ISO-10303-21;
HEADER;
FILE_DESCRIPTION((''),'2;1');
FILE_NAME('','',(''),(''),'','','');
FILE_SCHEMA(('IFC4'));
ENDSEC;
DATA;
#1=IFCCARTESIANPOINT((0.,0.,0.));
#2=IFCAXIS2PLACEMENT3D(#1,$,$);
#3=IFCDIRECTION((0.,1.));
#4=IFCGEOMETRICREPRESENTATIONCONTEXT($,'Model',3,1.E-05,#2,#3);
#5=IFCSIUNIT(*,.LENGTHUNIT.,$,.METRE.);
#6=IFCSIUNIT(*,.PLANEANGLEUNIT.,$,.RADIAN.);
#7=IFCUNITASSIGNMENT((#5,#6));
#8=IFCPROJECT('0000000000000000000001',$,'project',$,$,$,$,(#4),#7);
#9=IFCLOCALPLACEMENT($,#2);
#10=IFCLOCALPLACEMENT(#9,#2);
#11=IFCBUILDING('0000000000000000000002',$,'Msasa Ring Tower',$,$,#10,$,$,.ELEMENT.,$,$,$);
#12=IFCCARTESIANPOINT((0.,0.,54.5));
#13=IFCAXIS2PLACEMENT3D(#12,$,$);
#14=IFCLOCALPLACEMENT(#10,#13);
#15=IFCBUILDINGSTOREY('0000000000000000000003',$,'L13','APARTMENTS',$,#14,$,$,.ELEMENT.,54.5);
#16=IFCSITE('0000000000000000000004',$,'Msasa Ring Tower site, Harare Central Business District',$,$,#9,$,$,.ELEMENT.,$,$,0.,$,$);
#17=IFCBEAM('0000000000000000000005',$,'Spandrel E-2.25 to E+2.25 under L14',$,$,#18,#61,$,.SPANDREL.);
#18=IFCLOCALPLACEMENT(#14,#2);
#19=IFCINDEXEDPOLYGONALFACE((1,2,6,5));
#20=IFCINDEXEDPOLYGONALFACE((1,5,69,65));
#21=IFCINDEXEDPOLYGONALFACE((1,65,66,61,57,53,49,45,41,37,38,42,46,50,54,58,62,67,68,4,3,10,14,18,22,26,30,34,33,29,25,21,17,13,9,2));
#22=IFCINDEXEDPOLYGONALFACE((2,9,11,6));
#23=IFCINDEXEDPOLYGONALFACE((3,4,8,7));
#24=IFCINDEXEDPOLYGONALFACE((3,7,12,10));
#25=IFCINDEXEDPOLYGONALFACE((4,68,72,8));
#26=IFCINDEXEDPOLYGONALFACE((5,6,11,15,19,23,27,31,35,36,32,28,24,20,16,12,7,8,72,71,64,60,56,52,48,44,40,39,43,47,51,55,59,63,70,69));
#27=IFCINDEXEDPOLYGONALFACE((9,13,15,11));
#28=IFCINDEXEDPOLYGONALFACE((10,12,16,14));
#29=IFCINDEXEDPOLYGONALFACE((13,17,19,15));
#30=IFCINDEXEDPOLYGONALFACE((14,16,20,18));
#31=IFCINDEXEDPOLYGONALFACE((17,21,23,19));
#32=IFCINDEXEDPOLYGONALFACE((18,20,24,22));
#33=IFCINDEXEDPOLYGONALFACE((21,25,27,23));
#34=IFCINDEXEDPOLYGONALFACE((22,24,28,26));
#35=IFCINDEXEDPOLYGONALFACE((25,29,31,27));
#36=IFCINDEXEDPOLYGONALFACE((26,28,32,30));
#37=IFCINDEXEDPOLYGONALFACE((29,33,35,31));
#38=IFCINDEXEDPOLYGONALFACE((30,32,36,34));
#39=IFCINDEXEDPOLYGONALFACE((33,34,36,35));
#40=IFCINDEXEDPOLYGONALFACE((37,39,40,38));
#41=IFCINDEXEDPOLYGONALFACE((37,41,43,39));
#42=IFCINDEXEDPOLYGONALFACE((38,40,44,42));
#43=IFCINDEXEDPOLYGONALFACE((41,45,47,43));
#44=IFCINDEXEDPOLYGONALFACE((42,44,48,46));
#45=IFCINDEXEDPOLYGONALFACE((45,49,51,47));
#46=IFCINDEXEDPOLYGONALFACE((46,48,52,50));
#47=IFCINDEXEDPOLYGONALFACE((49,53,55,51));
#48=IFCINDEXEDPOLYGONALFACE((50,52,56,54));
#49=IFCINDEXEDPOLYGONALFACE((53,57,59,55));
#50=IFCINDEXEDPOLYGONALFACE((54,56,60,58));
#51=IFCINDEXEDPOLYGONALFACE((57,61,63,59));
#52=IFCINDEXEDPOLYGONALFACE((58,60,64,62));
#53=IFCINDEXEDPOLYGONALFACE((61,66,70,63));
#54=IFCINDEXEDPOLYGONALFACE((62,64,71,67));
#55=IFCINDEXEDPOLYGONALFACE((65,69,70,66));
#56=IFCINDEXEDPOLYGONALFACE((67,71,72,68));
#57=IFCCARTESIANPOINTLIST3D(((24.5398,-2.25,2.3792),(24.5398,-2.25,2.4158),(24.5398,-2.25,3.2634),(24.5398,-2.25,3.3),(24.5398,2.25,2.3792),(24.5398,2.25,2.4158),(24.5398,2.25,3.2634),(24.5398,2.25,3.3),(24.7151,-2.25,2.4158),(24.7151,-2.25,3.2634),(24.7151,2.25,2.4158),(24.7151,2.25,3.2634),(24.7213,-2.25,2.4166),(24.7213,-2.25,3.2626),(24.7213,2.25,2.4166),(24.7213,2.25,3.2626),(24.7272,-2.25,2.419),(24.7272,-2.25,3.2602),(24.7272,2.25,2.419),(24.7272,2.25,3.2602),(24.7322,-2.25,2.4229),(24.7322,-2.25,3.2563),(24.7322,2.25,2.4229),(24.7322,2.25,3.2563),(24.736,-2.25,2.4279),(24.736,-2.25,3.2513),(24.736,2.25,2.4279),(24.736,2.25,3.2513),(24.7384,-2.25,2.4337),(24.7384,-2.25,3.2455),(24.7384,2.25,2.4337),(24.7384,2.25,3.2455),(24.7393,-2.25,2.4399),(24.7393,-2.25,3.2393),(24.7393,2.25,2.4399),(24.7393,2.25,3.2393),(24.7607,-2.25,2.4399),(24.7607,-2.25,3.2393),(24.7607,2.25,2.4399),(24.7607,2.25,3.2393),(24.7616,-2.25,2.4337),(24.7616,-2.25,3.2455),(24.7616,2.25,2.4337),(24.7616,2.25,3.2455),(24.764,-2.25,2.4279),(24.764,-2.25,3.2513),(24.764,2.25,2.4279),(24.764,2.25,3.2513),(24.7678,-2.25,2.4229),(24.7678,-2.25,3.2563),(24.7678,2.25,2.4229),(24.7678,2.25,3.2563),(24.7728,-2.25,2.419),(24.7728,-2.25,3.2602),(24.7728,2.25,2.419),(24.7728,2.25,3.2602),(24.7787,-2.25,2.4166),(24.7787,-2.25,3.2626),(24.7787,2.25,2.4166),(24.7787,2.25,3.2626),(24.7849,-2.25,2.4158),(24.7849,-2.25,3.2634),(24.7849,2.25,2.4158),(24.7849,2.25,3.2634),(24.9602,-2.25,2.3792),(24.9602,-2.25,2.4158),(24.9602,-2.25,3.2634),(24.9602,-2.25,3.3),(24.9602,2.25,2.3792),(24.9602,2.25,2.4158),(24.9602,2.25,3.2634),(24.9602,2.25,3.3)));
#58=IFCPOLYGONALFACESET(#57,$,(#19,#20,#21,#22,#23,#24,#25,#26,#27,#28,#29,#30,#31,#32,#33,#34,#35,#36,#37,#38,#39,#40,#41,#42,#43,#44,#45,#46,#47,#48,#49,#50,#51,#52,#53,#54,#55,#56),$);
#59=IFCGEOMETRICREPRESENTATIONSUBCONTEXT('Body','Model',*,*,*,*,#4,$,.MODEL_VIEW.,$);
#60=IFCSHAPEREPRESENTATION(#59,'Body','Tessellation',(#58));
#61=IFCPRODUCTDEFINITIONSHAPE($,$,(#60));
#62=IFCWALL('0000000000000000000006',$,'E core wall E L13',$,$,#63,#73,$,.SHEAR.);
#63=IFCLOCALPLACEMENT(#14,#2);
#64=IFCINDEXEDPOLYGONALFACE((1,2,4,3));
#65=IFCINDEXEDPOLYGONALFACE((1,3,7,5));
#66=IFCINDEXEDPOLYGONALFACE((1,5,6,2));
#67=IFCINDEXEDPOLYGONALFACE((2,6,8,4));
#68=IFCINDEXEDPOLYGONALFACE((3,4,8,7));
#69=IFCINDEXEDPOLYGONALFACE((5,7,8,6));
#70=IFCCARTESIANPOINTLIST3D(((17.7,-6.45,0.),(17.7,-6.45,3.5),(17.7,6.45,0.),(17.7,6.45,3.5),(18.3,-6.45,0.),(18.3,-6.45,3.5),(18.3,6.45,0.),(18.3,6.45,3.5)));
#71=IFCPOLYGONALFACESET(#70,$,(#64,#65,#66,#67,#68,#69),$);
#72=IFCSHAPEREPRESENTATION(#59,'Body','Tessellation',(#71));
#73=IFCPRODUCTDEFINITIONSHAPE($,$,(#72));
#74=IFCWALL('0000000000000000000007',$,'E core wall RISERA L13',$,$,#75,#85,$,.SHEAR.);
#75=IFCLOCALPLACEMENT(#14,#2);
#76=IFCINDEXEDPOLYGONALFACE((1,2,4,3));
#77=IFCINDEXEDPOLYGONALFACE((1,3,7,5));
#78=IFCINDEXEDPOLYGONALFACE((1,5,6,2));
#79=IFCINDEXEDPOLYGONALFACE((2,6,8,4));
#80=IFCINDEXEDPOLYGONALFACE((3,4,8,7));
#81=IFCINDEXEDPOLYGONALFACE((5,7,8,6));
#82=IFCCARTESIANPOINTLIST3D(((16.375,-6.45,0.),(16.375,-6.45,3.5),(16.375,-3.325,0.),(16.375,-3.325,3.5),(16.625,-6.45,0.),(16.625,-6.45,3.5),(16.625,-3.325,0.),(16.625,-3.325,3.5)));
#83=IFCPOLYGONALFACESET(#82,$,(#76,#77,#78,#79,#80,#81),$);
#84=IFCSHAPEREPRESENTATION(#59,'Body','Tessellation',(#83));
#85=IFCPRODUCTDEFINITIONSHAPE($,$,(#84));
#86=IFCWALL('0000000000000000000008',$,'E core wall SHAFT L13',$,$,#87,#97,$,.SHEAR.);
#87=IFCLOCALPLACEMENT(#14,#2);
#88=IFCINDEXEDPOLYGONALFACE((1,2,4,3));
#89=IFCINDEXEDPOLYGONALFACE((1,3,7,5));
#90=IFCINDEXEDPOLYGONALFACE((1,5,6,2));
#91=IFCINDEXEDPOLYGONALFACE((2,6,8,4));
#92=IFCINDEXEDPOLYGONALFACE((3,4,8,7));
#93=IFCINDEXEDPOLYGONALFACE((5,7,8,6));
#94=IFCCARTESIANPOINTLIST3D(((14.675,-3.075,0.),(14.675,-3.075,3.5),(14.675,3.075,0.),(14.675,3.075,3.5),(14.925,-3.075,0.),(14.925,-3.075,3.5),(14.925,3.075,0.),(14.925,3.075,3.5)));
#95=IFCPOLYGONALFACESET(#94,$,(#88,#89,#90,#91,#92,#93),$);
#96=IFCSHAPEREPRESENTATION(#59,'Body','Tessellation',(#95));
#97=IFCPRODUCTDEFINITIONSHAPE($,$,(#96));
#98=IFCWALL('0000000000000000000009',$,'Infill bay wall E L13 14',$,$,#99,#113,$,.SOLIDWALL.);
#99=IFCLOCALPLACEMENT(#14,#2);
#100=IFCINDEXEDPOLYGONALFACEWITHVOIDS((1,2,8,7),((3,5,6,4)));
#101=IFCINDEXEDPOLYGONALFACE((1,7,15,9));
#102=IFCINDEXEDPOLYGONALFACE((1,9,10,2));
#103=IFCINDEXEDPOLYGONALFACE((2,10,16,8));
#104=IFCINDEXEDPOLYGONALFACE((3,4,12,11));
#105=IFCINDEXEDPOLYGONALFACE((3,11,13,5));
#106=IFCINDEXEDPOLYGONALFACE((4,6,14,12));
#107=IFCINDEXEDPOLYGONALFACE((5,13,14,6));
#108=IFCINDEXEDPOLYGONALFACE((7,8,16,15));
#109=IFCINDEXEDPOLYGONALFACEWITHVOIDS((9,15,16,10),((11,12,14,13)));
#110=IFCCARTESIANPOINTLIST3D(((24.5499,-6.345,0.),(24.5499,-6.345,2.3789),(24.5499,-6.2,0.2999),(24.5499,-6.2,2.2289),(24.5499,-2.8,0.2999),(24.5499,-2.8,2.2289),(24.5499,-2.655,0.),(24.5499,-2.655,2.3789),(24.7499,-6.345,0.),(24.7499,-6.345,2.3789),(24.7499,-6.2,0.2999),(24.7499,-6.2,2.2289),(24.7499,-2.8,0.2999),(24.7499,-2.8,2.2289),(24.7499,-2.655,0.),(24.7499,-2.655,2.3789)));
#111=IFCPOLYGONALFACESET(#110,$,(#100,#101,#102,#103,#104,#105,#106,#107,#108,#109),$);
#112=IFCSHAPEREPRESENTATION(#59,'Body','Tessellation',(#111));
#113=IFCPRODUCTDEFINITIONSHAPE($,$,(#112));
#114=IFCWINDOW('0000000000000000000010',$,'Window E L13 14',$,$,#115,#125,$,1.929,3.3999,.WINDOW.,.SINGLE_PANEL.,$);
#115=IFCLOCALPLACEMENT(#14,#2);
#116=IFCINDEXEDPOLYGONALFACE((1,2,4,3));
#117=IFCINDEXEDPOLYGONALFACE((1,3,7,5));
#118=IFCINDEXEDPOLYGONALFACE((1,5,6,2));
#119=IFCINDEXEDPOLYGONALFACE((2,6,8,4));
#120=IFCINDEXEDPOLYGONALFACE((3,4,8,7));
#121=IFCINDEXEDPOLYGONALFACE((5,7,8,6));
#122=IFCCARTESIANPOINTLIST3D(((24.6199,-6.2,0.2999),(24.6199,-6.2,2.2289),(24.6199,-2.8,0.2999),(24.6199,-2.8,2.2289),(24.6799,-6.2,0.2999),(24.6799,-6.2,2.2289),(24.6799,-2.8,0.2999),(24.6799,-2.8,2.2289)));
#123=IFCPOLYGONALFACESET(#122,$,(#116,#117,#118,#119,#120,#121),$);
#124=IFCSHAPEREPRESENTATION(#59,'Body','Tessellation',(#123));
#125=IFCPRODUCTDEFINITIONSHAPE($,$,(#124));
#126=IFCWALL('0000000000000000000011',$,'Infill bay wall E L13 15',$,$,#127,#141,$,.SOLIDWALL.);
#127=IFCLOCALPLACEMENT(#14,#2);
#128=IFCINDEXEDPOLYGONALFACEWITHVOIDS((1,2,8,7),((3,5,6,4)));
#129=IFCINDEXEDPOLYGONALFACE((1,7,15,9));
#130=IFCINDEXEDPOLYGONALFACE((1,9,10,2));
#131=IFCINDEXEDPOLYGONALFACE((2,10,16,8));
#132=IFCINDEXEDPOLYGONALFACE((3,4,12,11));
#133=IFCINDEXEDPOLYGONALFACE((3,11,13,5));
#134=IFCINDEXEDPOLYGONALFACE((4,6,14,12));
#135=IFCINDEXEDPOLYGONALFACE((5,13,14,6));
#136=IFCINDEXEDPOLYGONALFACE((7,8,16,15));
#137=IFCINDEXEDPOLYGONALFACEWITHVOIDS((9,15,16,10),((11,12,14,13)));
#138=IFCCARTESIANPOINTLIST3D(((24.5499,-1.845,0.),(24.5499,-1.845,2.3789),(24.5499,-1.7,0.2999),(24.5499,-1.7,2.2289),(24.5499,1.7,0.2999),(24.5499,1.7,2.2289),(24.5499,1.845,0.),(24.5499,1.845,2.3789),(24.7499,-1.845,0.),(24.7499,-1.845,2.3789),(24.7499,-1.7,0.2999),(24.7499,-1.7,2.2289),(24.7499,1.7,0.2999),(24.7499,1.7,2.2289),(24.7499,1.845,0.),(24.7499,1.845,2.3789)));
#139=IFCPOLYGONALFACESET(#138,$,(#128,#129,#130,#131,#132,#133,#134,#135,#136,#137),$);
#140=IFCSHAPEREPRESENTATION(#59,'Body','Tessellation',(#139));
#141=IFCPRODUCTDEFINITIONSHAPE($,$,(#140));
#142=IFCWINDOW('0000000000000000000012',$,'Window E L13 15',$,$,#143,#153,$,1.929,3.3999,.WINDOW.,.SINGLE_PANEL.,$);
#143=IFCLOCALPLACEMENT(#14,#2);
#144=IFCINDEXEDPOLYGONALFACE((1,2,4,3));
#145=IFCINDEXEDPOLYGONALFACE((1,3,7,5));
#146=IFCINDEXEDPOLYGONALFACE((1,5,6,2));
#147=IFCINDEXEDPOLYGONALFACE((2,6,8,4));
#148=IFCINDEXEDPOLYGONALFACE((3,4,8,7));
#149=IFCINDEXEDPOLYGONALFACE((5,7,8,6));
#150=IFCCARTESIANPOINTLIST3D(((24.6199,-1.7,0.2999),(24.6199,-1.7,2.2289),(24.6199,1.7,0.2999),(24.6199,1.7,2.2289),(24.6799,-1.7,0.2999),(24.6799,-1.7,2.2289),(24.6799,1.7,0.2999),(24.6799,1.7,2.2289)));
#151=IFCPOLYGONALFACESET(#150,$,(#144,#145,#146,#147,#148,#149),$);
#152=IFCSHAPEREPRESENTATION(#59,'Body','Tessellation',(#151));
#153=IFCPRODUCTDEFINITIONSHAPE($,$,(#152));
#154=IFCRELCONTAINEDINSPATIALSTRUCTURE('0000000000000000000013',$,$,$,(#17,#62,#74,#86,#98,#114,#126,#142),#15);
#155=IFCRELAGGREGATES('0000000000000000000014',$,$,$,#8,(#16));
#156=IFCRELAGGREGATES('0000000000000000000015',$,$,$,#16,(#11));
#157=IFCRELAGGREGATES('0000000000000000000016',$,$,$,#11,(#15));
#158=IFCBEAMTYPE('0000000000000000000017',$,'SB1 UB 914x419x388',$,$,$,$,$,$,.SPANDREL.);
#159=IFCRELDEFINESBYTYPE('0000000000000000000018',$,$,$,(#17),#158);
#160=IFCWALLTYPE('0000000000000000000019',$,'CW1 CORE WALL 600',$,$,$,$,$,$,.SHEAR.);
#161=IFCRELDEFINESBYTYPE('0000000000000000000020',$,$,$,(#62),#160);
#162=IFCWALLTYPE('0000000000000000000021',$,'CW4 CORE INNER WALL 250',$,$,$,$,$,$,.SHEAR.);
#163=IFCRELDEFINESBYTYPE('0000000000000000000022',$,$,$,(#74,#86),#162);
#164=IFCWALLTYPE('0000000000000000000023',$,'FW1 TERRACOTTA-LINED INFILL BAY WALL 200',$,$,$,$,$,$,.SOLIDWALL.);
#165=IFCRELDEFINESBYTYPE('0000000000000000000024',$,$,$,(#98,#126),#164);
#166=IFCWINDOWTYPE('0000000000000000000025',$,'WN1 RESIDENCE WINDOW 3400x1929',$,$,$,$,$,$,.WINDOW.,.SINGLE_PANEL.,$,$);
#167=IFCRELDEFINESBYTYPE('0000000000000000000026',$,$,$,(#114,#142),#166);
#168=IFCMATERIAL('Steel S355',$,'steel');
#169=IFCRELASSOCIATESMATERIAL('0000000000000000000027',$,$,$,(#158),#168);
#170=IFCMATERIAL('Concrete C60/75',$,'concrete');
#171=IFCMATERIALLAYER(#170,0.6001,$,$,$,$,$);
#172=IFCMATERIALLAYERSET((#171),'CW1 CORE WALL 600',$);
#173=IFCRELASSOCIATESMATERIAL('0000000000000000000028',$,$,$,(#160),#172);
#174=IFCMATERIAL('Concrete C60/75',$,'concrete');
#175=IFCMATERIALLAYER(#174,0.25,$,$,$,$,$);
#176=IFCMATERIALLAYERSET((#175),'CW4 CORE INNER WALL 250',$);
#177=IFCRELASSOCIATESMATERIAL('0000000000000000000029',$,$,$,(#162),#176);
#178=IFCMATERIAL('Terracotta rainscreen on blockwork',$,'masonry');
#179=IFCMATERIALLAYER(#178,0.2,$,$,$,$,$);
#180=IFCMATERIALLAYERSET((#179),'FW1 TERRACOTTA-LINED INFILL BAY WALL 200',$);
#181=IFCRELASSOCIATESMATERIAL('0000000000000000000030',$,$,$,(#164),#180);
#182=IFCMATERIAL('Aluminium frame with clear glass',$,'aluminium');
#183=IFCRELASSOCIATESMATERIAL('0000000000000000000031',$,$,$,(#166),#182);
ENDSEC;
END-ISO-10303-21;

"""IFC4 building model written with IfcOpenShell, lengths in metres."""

from ifc_helpers import new_model, si_unit, direction, frame, frame_2d, origin, origin_2d, place, context, subcontext, project, spatial, rectangle, i_section, extrude, material, layer, layer_set, material_profile, profile_set, type_object, element, fill, save


model = new_model("IFC4")

# Units and contexts
model_context = context("Model", 3, precision=1e-05, world=origin(), true_north=direction((0.0, 1.0)))
body_context = subcontext(model_context, "Body", "Model", "MODEL_VIEW")
ifc_project = project(units=[si_unit("LENGTHUNIT", "METRE"), si_unit("PLANEANGLEUNIT", "RADIAN")], contexts=[model_context])

# Site, building, storey
site_placement = place(None, origin())
site = spatial("IfcSite", under=ifc_project, at=site_placement, Name="Msasa Ring Tower site, Harare Central Business District", CompositionType="ELEMENT", RefElevation=0.0)
building_placement = place(site_placement, origin())
building = spatial("IfcBuilding", under=site, at=building_placement, Name="Msasa Ring Tower", CompositionType="ELEMENT")
storey_placement = place(building_placement, frame((0.0, 0.0, 54.5)))
storey = spatial("IfcBuildingStorey", under=building, at=storey_placement, Name="L13", Description="APARTMENTS", CompositionType="ELEMENT", Elevation=54.5)

# Beam
ifc_material_1 = material(Name="Steel S355", Category="steel")
ifc_material_profile_1 = material_profile(ifc_material_1, i_section(OverallWidth=0.4204, OverallDepth=0.9209, WebThickness=0.0215, FlangeThickness=0.0366, FilletRadius=0.0242, at=origin_2d()), Name="UB 914x419x388")
ifc_profile_set_1 = profile_set([ifc_material_profile_1], Name="Steel S355")
beam_type_1 = type_object("IfcBeamType", Name="SB1 UB 914x419x388", PredefinedType="SPANDREL", material=ifc_profile_set_1)
for number, where, z_axis, x_axis, name in (
    (1, (24.75, -2.25, 2.8396), (0.0, 1.0, 0.0), (-1.0, 0.0, 0.0), "Spandrel E-2.25 to E+2.25 under L14"),
):
    element("IfcBeam", number, at=place(storey_placement, frame(where, z_axis=z_axis, x_axis=x_axis)), inside=storey, type_object=beam_type_1, Name=name, PredefinedType="SPANDREL", context=body_context, shape_type="SweptSolid", body=[
        extrude(i_section(OverallWidth=0.4204, OverallDepth=0.9209, WebThickness=0.0215, FlangeThickness=0.0366, FilletRadius=0.0242, at=origin_2d()), origin(), (0.0, 0.0, 1.0), 4.5),
    ])

# Walls
ifc_material_2 = material(Name="Concrete C60/75", Category="concrete")
ifc_layer_1 = layer(ifc_material_2, 0.6001)
ifc_layer_set_1 = layer_set([ifc_layer_1], Name="CW1 CORE WALL 600")
wall_type_1 = type_object("IfcWallType", Name="CW1 CORE WALL 600", PredefinedType="SHEAR", material=ifc_layer_set_1)
wall_1_placement = place(storey_placement, frame((18.0, -6.45, 0.0), z_axis=(0.0, 0.0, 1.0), x_axis=(0.0, 1.0, 0.0)))
element("IfcWall", 2, at=wall_1_placement, inside=storey, type_object=wall_type_1, Name="E core wall E L13", PredefinedType="SHEAR", context=body_context, shape_type="SweptSolid", body=[
    extrude(rectangle(XDim=12.8999, YDim=0.6001, at=frame_2d((6.45, 0.0))), origin(), (0.0, 0.0, 1.0), 3.5),
])
ifc_material_3 = material(Name="Concrete C60/75", Category="concrete")
ifc_layer_2 = layer(ifc_material_3, 0.25)
ifc_layer_set_2 = layer_set([ifc_layer_2], Name="CW4 CORE INNER WALL 250")
wall_type_2 = type_object("IfcWallType", Name="CW4 CORE INNER WALL 250", PredefinedType="SHEAR", material=ifc_layer_set_2)
wall_2_placement = place(storey_placement, frame((16.5, -6.45, 0.0), z_axis=(0.0, 0.0, 1.0), x_axis=(0.0, 1.0, 0.0)))
element("IfcWall", 3, at=wall_2_placement, inside=storey, type_object=wall_type_2, Name="E core wall RISERA L13", PredefinedType="SHEAR", context=body_context, shape_type="SweptSolid", body=[
    extrude(rectangle(XDim=3.125, YDim=0.25, at=frame_2d((1.5625, 0.0))), origin(), (0.0, 0.0, 1.0), 3.5),
])
wall_3_placement = place(storey_placement, frame((14.8, -3.075, 0.0), z_axis=(0.0, 0.0, 1.0), x_axis=(0.0, 1.0, 0.0)))
element("IfcWall", 4, at=wall_3_placement, inside=storey, type_object=wall_type_2, Name="E core wall SHAFT L13", PredefinedType="SHEAR", context=body_context, shape_type="SweptSolid", body=[
    extrude(rectangle(XDim=6.1499, YDim=0.25, at=frame_2d((3.075, 0.0))), origin(), (0.0, 0.0, 1.0), 3.5),
])

# Walls, openings, windows
ifc_material_4 = material(Name="Terracotta rainscreen on blockwork", Category="masonry")
ifc_layer_3 = layer(ifc_material_4, 0.2)
ifc_layer_set_3 = layer_set([ifc_layer_3], Name="FW1 TERRACOTTA-LINED INFILL BAY WALL 200")
wall_type_3 = type_object("IfcWallType", Name="FW1 TERRACOTTA-LINED INFILL BAY WALL 200", PredefinedType="SOLIDWALL", material=ifc_layer_set_3)
wall_4_placement = place(storey_placement, frame((24.6499, -6.345, 0.0), z_axis=(0.0, 0.0, 1.0), x_axis=(0.0, 1.0, 0.0)))
wall_4 = element("IfcWall", 5, at=wall_4_placement, inside=storey, type_object=wall_type_3, Name="Infill bay wall E L13 14", PredefinedType="SOLIDWALL", context=body_context, shape_type="SweptSolid", body=[
    extrude(rectangle(XDim=3.6899, YDim=0.2, at=frame_2d((1.845, 0.0))), origin(), (0.0, 0.0, 1.0), 2.3789),
])
opening_1_placement = place(wall_4_placement, frame((0.145, 0.0, 0.3)))
opening_1 = element("IfcOpeningElement", 6, at=opening_1_placement, cuts=wall_4, PredefinedType="OPENING", context=body_context, shape_type="SweptSolid", body=[
    extrude(rectangle(XDim=3.3999, YDim=1.929, at=frame_2d((1.7, 0.9644))), frame((0.0, 0.1099, 0.0), z_axis=(0.0, -1.0, 0.0), x_axis=(1.0, 0.0, 0.0)), (0.0, 0.0, 1.0), 0.22),
])
ifc_material_5 = material(Name="Aluminium frame with clear glass", Category="aluminium")
window_type = type_object("IfcWindowType", Name="WN1 RESIDENCE WINDOW 3400x1929", PartitioningType="SINGLE_PANEL", PredefinedType="WINDOW", material=ifc_material_5)
window_1_placement = place(opening_1_placement, origin())
window_1 = element("IfcWindow", 7, at=window_1_placement, inside=storey, type_object=window_type, Name="Window E L13 14", OverallHeight=1.929, OverallWidth=3.3999, PartitioningType="SINGLE_PANEL", PredefinedType="WINDOW", context=body_context, shape_type="SweptSolid", body=[
    extrude(rectangle(XDim=3.3999, YDim=1.929, at=frame_2d((1.7, 0.9644))), frame((0.0, 0.03, 0.0), z_axis=(0.0, -1.0, 0.0), x_axis=(1.0, 0.0, 0.0)), (0.0, 0.0, 1.0), 0.0601),
])
fill(opening_1, window_1)
wall_5_placement = place(storey_placement, frame((24.6499, -1.845, 0.0), z_axis=(0.0, 0.0, 1.0), x_axis=(0.0, 1.0, 0.0)))
wall_5 = element("IfcWall", 8, at=wall_5_placement, inside=storey, type_object=wall_type_3, Name="Infill bay wall E L13 15", PredefinedType="SOLIDWALL", context=body_context, shape_type="SweptSolid", body=[
    extrude(rectangle(XDim=3.6899, YDim=0.2, at=frame_2d((1.845, 0.0))), origin(), (0.0, 0.0, 1.0), 2.3789),
])
opening_2_placement = place(wall_5_placement, frame((0.145, 0.0, 0.3)))
opening_2 = element("IfcOpeningElement", 9, at=opening_2_placement, cuts=wall_5, PredefinedType="OPENING", context=body_context, shape_type="SweptSolid", body=[
    extrude(rectangle(XDim=3.3999, YDim=1.929, at=frame_2d((1.7, 0.9644))), frame((0.0, 0.1099, 0.0), z_axis=(0.0, -1.0, 0.0), x_axis=(1.0, 0.0, 0.0)), (0.0, 0.0, 1.0), 0.22),
])
window_2_placement = place(opening_2_placement, origin())
window_2 = element("IfcWindow", 10, at=window_2_placement, inside=storey, type_object=window_type, Name="Window E L13 15", OverallHeight=1.929, OverallWidth=3.3999, PartitioningType="SINGLE_PANEL", PredefinedType="WINDOW", context=body_context, shape_type="SweptSolid", body=[
    extrude(rectangle(XDim=3.3999, YDim=1.929, at=frame_2d((1.7, 0.9644))), frame((0.0, 0.03, 0.0), z_axis=(0.0, -1.0, 0.0), x_axis=(1.0, 0.0, 0.0)), (0.0, 0.0, 1.0), 0.0601),
])
fill(opening_2, window_2)

save(model, "model.ifc")
